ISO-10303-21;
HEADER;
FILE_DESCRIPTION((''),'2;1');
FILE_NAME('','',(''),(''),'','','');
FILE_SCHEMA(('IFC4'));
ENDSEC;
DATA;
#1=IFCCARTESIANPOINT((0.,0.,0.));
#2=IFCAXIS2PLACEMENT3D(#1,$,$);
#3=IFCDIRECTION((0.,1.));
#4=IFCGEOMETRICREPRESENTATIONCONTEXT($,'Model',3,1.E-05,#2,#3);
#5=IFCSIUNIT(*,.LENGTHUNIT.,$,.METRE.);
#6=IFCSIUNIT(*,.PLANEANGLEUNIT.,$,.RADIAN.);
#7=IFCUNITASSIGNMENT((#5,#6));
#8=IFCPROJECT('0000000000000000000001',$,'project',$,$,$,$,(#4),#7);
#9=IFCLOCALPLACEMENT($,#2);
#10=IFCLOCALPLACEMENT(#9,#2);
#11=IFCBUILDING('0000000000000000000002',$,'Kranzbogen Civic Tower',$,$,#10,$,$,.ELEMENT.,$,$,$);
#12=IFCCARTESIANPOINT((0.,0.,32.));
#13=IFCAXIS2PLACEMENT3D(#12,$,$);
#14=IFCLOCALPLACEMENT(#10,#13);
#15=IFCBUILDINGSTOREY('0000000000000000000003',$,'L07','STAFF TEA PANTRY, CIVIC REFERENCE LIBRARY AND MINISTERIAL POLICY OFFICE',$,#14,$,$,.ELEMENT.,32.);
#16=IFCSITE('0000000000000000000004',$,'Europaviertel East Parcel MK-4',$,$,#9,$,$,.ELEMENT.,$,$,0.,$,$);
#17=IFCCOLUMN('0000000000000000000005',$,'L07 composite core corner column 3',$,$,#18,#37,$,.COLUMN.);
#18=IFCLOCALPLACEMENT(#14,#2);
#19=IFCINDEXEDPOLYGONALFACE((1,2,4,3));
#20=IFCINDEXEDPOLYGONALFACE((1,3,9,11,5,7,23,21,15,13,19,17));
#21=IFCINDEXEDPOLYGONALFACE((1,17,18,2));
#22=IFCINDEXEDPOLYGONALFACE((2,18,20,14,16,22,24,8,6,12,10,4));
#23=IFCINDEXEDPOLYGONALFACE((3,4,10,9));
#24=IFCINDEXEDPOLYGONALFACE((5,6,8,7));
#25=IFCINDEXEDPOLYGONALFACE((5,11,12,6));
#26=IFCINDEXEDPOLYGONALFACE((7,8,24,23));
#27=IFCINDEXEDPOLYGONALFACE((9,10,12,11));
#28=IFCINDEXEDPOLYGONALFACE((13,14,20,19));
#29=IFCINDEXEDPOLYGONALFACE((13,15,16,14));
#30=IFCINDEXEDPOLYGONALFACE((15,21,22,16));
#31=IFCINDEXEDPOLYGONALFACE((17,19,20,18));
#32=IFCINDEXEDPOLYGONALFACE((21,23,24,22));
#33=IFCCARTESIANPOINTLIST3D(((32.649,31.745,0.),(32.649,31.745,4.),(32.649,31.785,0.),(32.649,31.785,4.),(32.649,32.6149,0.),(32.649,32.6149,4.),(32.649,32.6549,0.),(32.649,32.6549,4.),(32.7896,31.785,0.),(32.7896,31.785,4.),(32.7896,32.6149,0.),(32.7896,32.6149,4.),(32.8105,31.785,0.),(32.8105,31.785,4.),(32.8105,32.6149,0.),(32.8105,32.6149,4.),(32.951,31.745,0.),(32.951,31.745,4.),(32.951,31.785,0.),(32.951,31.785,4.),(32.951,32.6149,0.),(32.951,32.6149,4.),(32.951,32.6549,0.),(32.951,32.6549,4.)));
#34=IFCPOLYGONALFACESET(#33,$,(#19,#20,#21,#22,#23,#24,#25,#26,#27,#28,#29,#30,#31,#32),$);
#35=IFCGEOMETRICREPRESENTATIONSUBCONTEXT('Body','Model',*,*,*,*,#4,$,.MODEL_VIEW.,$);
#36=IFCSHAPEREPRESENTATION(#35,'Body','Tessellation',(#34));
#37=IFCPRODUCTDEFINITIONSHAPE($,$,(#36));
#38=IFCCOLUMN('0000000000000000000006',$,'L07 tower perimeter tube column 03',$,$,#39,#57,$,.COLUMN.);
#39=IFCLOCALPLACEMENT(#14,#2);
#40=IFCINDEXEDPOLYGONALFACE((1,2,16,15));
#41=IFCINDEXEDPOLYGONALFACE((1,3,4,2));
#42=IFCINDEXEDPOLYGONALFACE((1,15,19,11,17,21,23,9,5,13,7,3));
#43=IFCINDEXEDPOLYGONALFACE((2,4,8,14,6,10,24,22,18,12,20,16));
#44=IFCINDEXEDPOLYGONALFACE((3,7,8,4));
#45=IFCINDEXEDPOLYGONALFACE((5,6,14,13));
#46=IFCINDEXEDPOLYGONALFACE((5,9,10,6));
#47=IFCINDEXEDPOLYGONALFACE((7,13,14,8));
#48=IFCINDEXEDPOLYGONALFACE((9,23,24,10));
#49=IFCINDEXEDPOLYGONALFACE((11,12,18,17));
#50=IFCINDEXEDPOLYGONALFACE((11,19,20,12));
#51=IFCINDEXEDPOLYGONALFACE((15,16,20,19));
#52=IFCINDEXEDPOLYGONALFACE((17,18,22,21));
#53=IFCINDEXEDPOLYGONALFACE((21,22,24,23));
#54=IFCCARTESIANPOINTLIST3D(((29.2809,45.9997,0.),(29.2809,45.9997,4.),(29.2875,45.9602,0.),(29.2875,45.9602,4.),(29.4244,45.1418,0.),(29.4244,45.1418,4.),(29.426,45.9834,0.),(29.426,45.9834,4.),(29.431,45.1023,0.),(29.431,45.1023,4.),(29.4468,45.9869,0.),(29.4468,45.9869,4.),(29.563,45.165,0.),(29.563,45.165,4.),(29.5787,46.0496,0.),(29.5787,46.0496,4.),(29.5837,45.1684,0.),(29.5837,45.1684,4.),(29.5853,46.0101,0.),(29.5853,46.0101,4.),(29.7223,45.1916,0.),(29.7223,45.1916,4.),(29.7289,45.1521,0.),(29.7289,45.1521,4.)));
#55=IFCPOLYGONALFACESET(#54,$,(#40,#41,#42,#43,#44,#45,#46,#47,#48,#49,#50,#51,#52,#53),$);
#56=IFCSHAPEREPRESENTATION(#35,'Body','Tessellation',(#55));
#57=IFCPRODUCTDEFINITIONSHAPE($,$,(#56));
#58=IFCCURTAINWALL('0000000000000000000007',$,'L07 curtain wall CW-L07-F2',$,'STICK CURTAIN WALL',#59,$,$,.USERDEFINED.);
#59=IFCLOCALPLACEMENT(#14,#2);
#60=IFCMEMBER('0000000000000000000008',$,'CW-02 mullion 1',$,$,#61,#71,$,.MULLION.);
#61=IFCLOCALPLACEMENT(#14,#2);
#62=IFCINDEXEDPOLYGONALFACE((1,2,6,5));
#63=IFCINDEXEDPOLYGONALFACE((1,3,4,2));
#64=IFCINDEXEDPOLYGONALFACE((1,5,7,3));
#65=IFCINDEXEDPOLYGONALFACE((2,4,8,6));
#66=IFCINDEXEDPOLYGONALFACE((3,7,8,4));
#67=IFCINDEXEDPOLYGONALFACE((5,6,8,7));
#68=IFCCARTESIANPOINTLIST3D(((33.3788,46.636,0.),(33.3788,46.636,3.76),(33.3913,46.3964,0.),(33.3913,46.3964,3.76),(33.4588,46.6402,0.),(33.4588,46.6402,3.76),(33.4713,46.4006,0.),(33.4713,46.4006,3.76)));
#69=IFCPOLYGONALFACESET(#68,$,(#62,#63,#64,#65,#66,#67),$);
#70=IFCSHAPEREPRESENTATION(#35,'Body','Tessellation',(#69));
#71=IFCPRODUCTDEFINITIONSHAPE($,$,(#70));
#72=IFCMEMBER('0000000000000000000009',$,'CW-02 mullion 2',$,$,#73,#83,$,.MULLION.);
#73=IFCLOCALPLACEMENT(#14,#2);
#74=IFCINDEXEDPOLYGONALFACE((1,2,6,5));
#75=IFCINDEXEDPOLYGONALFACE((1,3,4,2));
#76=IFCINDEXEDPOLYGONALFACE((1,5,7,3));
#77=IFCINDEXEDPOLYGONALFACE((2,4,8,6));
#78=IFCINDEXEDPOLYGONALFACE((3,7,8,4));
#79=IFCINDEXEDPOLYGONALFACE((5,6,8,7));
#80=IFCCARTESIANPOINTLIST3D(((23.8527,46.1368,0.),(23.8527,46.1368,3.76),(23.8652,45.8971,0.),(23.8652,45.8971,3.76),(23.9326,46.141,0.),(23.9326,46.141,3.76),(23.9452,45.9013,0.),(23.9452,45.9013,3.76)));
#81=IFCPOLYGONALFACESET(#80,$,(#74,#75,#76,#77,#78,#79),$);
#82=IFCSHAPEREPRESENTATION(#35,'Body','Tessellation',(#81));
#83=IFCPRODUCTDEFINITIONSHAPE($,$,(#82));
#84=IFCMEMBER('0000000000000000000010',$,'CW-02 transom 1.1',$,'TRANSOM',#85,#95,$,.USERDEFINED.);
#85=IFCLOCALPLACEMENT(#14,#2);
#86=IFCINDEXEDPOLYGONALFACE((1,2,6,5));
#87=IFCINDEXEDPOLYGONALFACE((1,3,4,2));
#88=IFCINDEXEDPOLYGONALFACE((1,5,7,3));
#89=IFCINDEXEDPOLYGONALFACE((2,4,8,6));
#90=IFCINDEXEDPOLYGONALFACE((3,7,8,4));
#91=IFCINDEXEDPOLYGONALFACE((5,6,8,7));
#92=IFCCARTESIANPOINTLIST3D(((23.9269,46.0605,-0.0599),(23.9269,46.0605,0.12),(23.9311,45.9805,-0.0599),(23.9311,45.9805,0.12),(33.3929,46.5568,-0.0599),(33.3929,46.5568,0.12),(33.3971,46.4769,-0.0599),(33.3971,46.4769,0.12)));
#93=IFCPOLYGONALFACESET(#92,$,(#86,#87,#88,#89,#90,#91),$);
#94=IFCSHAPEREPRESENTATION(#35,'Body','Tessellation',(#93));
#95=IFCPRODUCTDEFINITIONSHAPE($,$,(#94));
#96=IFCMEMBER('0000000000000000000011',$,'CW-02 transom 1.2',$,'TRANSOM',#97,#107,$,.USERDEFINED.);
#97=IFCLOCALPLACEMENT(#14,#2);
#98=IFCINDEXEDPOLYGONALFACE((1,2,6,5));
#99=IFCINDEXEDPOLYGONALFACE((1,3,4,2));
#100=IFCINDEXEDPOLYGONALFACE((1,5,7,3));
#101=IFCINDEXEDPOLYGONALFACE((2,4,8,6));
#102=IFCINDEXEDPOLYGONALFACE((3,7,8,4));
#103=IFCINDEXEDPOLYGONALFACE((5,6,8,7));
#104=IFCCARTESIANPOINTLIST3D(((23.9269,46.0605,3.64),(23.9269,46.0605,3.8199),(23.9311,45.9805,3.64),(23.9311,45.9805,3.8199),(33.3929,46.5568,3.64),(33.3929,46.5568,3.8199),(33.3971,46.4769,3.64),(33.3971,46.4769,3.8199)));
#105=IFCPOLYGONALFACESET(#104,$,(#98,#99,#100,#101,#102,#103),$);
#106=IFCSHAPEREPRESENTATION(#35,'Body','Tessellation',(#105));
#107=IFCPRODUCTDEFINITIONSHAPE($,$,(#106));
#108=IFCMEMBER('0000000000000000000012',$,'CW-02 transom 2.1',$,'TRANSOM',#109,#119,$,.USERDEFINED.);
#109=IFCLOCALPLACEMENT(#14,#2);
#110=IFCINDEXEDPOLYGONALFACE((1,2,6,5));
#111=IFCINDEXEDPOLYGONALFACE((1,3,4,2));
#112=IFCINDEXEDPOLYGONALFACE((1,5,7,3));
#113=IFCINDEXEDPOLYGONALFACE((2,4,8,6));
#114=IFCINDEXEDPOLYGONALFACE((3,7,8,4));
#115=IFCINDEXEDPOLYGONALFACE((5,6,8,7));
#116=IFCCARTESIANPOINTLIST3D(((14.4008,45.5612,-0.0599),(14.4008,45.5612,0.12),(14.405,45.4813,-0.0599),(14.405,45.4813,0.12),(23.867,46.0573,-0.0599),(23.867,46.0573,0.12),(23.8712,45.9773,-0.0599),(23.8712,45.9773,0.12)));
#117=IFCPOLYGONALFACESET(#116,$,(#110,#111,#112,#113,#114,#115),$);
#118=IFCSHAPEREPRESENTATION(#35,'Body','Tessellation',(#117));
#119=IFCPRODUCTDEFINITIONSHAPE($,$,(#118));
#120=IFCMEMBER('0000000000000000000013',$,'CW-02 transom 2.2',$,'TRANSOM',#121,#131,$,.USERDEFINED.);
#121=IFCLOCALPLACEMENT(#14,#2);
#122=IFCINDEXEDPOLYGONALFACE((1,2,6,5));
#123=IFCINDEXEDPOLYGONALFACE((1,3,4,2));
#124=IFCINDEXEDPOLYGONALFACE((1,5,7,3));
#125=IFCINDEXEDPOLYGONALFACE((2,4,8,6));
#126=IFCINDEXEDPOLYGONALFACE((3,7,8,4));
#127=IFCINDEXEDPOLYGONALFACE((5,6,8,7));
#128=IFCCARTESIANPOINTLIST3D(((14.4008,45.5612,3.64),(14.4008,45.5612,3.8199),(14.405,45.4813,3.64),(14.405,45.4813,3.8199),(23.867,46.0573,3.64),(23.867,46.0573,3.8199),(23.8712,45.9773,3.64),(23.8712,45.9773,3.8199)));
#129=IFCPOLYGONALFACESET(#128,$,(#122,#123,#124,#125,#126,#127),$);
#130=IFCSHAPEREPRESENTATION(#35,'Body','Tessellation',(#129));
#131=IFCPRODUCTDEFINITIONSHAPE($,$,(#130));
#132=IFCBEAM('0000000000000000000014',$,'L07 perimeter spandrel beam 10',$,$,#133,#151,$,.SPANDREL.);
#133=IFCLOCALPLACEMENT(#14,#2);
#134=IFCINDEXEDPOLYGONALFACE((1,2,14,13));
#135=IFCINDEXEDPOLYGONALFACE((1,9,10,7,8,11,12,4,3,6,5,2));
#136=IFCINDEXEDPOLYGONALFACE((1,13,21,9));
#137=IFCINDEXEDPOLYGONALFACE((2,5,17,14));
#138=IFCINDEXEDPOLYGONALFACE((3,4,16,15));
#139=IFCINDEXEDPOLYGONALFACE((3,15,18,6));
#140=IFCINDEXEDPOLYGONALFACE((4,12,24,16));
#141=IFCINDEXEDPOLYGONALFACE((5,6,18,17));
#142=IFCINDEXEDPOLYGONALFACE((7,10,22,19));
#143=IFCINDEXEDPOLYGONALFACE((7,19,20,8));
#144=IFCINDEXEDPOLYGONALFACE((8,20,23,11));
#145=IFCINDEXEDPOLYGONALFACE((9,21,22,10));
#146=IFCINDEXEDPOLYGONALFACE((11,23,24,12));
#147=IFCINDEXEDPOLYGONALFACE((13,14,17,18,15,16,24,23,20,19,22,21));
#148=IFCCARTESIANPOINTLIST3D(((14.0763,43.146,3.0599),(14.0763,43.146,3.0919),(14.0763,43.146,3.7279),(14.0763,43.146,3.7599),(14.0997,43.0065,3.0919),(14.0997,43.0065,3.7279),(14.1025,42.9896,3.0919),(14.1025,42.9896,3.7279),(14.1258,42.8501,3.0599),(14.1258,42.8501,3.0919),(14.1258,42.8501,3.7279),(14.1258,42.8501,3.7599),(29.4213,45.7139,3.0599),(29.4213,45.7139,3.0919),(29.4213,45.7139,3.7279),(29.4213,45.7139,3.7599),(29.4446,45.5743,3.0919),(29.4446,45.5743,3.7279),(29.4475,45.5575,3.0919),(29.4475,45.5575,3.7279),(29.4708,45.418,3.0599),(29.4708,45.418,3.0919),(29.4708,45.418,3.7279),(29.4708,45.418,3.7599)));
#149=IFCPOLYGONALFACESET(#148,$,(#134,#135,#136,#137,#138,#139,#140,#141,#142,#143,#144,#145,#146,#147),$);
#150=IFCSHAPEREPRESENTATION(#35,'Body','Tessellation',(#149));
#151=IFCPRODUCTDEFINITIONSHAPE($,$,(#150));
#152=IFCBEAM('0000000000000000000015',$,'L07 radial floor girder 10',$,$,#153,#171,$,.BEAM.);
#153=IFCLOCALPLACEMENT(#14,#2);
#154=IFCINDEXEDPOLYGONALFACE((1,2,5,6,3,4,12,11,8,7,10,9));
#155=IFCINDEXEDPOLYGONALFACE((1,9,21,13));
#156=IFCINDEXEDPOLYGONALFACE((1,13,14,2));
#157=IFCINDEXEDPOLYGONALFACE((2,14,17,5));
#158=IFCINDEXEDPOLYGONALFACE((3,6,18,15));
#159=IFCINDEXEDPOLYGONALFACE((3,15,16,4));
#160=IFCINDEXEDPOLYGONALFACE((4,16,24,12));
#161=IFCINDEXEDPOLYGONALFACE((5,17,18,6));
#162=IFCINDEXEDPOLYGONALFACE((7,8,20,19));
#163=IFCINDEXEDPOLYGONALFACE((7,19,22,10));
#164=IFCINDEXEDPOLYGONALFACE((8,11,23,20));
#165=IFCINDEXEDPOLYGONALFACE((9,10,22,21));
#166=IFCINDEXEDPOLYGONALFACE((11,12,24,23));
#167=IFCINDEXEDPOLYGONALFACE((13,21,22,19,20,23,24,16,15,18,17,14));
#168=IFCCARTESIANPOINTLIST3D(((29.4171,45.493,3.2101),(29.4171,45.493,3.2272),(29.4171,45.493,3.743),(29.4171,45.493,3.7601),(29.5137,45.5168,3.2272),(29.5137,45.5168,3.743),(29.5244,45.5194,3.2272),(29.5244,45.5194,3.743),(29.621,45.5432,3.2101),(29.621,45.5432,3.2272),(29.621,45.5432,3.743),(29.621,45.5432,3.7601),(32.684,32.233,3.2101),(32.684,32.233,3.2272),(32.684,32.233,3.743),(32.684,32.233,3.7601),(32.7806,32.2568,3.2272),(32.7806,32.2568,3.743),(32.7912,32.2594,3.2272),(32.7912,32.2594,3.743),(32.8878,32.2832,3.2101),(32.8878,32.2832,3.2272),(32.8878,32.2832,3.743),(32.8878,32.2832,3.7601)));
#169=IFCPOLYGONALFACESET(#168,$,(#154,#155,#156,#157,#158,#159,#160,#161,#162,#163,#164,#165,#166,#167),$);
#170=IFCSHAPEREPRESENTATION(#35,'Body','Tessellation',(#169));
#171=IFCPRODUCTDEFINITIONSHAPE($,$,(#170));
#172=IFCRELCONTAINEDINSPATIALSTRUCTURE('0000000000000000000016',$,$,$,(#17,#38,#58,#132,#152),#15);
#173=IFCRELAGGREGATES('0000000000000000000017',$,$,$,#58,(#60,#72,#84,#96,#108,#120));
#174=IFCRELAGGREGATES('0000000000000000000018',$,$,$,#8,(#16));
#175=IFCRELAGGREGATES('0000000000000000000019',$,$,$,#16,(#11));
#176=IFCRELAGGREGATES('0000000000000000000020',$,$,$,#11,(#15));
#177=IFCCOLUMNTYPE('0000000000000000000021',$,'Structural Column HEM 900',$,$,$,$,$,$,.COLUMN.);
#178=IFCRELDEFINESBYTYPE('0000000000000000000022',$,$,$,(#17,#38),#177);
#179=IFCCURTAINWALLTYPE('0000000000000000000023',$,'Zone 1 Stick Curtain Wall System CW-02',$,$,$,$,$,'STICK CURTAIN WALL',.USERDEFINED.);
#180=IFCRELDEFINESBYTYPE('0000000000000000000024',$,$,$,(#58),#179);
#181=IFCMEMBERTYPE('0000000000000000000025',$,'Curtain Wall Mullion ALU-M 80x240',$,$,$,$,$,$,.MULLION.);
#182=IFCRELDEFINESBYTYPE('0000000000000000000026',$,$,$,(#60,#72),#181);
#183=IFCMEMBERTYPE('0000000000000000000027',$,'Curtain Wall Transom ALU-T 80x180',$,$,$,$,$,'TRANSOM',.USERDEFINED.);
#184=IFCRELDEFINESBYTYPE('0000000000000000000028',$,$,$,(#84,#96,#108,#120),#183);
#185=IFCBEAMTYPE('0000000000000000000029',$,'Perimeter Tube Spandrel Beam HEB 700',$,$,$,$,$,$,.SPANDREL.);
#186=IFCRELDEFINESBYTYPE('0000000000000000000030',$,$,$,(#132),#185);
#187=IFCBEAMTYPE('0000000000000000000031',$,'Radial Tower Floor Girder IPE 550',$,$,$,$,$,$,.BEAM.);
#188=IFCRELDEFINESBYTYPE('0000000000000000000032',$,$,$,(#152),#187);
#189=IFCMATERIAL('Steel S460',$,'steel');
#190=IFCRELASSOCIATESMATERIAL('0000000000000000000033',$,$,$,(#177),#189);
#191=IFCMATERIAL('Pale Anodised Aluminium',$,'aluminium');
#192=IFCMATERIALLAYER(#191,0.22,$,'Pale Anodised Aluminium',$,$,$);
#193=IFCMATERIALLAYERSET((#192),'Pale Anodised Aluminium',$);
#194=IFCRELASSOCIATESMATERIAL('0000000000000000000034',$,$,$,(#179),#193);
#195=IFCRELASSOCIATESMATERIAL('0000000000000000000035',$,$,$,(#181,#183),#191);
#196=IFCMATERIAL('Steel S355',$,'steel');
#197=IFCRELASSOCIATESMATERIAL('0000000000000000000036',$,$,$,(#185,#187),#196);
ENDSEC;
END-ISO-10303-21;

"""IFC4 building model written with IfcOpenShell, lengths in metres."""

from ifc_helpers import new_model, si_unit, direction, frame, origin, origin_2d, place, context, subcontext, project, spatial, rectangle, i_section, extrude, material, layer, layer_set, material_profile, profile_set, type_object, element, aggregate, save


model = new_model("IFC4")

# Units and contexts
model_context = context("Model", 3, precision=1e-05, world=origin(), true_north=direction((0.0, 1.0)))
body_context = subcontext(model_context, "Body", "Model", "MODEL_VIEW")
ifc_project = project(units=[si_unit("LENGTHUNIT", "METRE"), si_unit("PLANEANGLEUNIT", "RADIAN")], contexts=[model_context])

# Site, building, storey
site_placement = place(None, origin())
site = spatial("IfcSite", under=ifc_project, at=site_placement, Name="Europaviertel East Parcel MK-4", CompositionType="ELEMENT", RefElevation=0.0)
building_placement = place(site_placement, origin())
building = spatial("IfcBuilding", under=site, at=building_placement, Name="Kranzbogen Civic Tower", CompositionType="ELEMENT")
storey_placement = place(building_placement, frame((0.0, 0.0, 32.0)))
storey = spatial("IfcBuildingStorey", under=building, at=storey_placement, Name="L07", Description="STAFF TEA PANTRY, CIVIC REFERENCE LIBRARY AND MINISTERIAL POLICY OFFICE", CompositionType="ELEMENT", Elevation=32.0)

# Columns
ifc_material_1 = material(Name="Steel S460", Category="steel")
ifc_material_profile_1 = material_profile(ifc_material_1, i_section(OverallWidth=0.302, OverallDepth=0.9099, WebThickness=0.021, FlangeThickness=0.04, at=origin_2d()), Name="HEM 900")
ifc_profile_set_1 = profile_set([ifc_material_profile_1], Name="Steel S460")
column_type = type_object("IfcColumnType", Name="Structural Column HEM 900", PredefinedType="COLUMN", material=ifc_profile_set_1)
for number, where, z_axis, x_axis, name in (
    (1, (32.8, 32.2, 0.0), (0.0, 0.0, 1.0), (1.0, 0.0, 0.0), "L07 composite core corner column 3"),
    (2, (29.5049, 45.5759, 0.0), (0.0, 0.0, 1.0), (0.986286, 0.165048, 0.0), "L07 tower perimeter tube column 03"),
):
    element("IfcColumn", number, at=place(storey_placement, frame(where, z_axis=z_axis, x_axis=x_axis)), inside=storey, type_object=column_type, Name=name, PredefinedType="COLUMN", context=body_context, shape_type="SweptSolid", body=[
        extrude(i_section(OverallWidth=0.302, OverallDepth=0.9099, WebThickness=0.021, FlangeThickness=0.04, at=origin_2d()), origin(), (0.0, 0.0, 1.0), 4.0),
    ])

# Curtain wall, members
ifc_material_2 = material(Name="Pale Anodised Aluminium", Category="aluminium")
ifc_layer_1 = layer(ifc_material_2, 0.22, Name="Pale Anodised Aluminium")
ifc_layer_set_1 = layer_set([ifc_layer_1], Name="Pale Anodised Aluminium")
curtain_wall_type = type_object("IfcCurtainWallType", Name="Zone 1 Stick Curtain Wall System CW-02", ElementType="STICK CURTAIN WALL", PredefinedType="USERDEFINED", material=ifc_layer_set_1)
curtain_wall_placement = place(storey_placement, origin())
curtain_wall = element("IfcCurtainWall", 3, at=curtain_wall_placement, inside=storey, type_object=curtain_wall_type, Name="L07 curtain wall CW-L07-F2", ObjectType="STICK CURTAIN WALL", PredefinedType="USERDEFINED")
ifc_material_profile_2 = material_profile(ifc_material_2, rectangle(XDim=0.0801, YDim=0.24, at=origin_2d()), Name="ALU-M 80x240")
ifc_profile_set_2 = profile_set([ifc_material_profile_2], Name="Pale Anodised Aluminium")
member_type_1 = type_object("IfcMemberType", Name="Curtain Wall Mullion ALU-M 80x240", PredefinedType="MULLION", material=ifc_profile_set_2)
member_1_placement = place(storey_placement, frame((33.425, 46.5183, 0.0), z_axis=(0.0, 0.0, 1.0), x_axis=(-0.998628, -0.052356, 0.0)))
member_1 = element("IfcMember", 4, at=member_1_placement, type_object=member_type_1, Name="CW-02 mullion 1", PredefinedType="MULLION", context=body_context, shape_type="SweptSolid", body=[
    extrude(rectangle(XDim=0.0801, YDim=0.24, at=origin_2d()), origin(), (0.0, 0.0, 1.0), 3.76),
])
member_2_placement = place(storey_placement, frame((23.8989, 46.019, 0.0), z_axis=(0.0, 0.0, 1.0), x_axis=(-0.998628, -0.052356, 0.0)))
member_2 = element("IfcMember", 5, at=member_2_placement, type_object=member_type_1, Name="CW-02 mullion 2", PredefinedType="MULLION", context=body_context, shape_type="SweptSolid", body=[
    extrude(rectangle(XDim=0.0801, YDim=0.24, at=origin_2d()), origin(), (0.0, 0.0, 1.0), 3.76),
])
ifc_material_profile_3 = material_profile(ifc_material_2, rectangle(XDim=0.0801, YDim=0.1799, at=origin_2d()), Name="ALU-T 80x180")
ifc_profile_set_3 = profile_set([ifc_material_profile_3], Name="Pale Anodised Aluminium")
member_type_2 = type_object("IfcMemberType", Name="Curtain Wall Transom ALU-T 80x180", ElementType="TRANSOM", PredefinedType="USERDEFINED", material=ifc_profile_set_3)
member_3_placement = place(storey_placement, frame((33.395, 46.5168, 0.03), z_axis=(-0.998628, -0.052361, 0.0), x_axis=(0.052361, -0.998628, 0.0)))
member_3 = element("IfcMember", 6, at=member_3_placement, type_object=member_type_2, Name="CW-02 transom 1.1", ObjectType="TRANSOM", PredefinedType="USERDEFINED", context=body_context, shape_type="SweptSolid", body=[
    extrude(rectangle(XDim=0.0801, YDim=0.1799, at=origin_2d()), origin(), (0.0, 0.0, 1.0), 9.479),
])
member_4_placement = place(storey_placement, frame((33.395, 46.5168, 3.73), z_axis=(-0.998628, -0.052361, 0.0), x_axis=(0.052361, -0.998628, 0.0)))
member_4 = element("IfcMember", 7, at=member_4_placement, type_object=member_type_2, Name="CW-02 transom 1.2", ObjectType="TRANSOM", PredefinedType="USERDEFINED", context=body_context, shape_type="SweptSolid", body=[
    extrude(rectangle(XDim=0.0801, YDim=0.1799, at=origin_2d()), origin(), (0.0, 0.0, 1.0), 9.479),
])
member_5_placement = place(storey_placement, frame((23.8691, 46.0173, 0.03), z_axis=(-0.99863, -0.052334, 0.0), x_axis=(0.052334, -0.99863, 0.0)))
member_5 = element("IfcMember", 8, at=member_5_placement, type_object=member_type_2, Name="CW-02 transom 2.1", ObjectType="TRANSOM", PredefinedType="USERDEFINED", context=body_context, shape_type="SweptSolid", body=[
    extrude(rectangle(XDim=0.0801, YDim=0.1799, at=origin_2d()), origin(), (0.0, 0.0, 1.0), 9.4792),
])
member_6_placement = place(storey_placement, frame((23.8691, 46.0173, 3.73), z_axis=(-0.99863, -0.052334, 0.0), x_axis=(0.052334, -0.99863, 0.0)))
member_6 = element("IfcMember", 9, at=member_6_placement, type_object=member_type_2, Name="CW-02 transom 2.2", ObjectType="TRANSOM", PredefinedType="USERDEFINED", context=body_context, shape_type="SweptSolid", body=[
    extrude(rectangle(XDim=0.0801, YDim=0.1799, at=origin_2d()), origin(), (0.0, 0.0, 1.0), 9.4792),
])

# Beams
ifc_material_3 = material(Name="Steel S355", Category="steel")
ifc_material_profile_4 = material_profile(ifc_material_3, i_section(OverallWidth=0.3, OverallDepth=0.7, WebThickness=0.0171, FlangeThickness=0.032, at=origin_2d()), Name="HEB 700")
ifc_profile_set_4 = profile_set([ifc_material_profile_4], Name="Steel S355")
beam_type_1 = type_object("IfcBeamType", Name="Perimeter Tube Spandrel Beam HEB 700", PredefinedType="SPANDREL", material=ifc_profile_set_4)
beam_1_placement = place(storey_placement, frame((29.446, 45.5659, 3.4099), z_axis=(-0.986286, -0.165048, 0.0), x_axis=(0.165048, -0.986286, 0.0)))
element("IfcBeam", 10, at=beam_1_placement, inside=storey, type_object=beam_type_1, Name="L07 perimeter spandrel beam 10", PredefinedType="SPANDREL", context=body_context, shape_type="SweptSolid", body=[
    extrude(i_section(OverallWidth=0.3, OverallDepth=0.7, WebThickness=0.0171, FlangeThickness=0.032, at=origin_2d()), origin(), (0.0, 0.0, 1.0), 15.5583),
])
ifc_material_profile_5 = material_profile(ifc_material_3, i_section(OverallWidth=0.21, OverallDepth=0.55, WebThickness=0.011, FlangeThickness=0.0171, at=origin_2d()), Name="IPE 550")
ifc_profile_set_5 = profile_set([ifc_material_profile_5], Name="Steel S355")
beam_type_2 = type_object("IfcBeamType", Name="Radial Tower Floor Girder IPE 550", PredefinedType="BEAM", material=ifc_profile_set_5)
beam_2_placement = place(storey_placement, frame((29.519, 45.5181, 3.4851), z_axis=(0.239215, -0.970967, 0.0), x_axis=(0.970967, 0.239215, 0.0)))
element("IfcBeam", 11, at=beam_2_placement, inside=storey, type_object=beam_type_2, Name="L07 radial floor girder 10", PredefinedType="BEAM", context=body_context, shape_type="SweptSolid", body=[
    extrude(i_section(OverallWidth=0.21, OverallDepth=0.55, WebThickness=0.011, FlangeThickness=0.0171, at=origin_2d()), origin(), (0.0, 0.0, 1.0), 13.6565),
])

aggregate(curtain_wall, [member_1, member_2, member_3, member_4, member_5, member_6])

save(model, "model.ifc")
